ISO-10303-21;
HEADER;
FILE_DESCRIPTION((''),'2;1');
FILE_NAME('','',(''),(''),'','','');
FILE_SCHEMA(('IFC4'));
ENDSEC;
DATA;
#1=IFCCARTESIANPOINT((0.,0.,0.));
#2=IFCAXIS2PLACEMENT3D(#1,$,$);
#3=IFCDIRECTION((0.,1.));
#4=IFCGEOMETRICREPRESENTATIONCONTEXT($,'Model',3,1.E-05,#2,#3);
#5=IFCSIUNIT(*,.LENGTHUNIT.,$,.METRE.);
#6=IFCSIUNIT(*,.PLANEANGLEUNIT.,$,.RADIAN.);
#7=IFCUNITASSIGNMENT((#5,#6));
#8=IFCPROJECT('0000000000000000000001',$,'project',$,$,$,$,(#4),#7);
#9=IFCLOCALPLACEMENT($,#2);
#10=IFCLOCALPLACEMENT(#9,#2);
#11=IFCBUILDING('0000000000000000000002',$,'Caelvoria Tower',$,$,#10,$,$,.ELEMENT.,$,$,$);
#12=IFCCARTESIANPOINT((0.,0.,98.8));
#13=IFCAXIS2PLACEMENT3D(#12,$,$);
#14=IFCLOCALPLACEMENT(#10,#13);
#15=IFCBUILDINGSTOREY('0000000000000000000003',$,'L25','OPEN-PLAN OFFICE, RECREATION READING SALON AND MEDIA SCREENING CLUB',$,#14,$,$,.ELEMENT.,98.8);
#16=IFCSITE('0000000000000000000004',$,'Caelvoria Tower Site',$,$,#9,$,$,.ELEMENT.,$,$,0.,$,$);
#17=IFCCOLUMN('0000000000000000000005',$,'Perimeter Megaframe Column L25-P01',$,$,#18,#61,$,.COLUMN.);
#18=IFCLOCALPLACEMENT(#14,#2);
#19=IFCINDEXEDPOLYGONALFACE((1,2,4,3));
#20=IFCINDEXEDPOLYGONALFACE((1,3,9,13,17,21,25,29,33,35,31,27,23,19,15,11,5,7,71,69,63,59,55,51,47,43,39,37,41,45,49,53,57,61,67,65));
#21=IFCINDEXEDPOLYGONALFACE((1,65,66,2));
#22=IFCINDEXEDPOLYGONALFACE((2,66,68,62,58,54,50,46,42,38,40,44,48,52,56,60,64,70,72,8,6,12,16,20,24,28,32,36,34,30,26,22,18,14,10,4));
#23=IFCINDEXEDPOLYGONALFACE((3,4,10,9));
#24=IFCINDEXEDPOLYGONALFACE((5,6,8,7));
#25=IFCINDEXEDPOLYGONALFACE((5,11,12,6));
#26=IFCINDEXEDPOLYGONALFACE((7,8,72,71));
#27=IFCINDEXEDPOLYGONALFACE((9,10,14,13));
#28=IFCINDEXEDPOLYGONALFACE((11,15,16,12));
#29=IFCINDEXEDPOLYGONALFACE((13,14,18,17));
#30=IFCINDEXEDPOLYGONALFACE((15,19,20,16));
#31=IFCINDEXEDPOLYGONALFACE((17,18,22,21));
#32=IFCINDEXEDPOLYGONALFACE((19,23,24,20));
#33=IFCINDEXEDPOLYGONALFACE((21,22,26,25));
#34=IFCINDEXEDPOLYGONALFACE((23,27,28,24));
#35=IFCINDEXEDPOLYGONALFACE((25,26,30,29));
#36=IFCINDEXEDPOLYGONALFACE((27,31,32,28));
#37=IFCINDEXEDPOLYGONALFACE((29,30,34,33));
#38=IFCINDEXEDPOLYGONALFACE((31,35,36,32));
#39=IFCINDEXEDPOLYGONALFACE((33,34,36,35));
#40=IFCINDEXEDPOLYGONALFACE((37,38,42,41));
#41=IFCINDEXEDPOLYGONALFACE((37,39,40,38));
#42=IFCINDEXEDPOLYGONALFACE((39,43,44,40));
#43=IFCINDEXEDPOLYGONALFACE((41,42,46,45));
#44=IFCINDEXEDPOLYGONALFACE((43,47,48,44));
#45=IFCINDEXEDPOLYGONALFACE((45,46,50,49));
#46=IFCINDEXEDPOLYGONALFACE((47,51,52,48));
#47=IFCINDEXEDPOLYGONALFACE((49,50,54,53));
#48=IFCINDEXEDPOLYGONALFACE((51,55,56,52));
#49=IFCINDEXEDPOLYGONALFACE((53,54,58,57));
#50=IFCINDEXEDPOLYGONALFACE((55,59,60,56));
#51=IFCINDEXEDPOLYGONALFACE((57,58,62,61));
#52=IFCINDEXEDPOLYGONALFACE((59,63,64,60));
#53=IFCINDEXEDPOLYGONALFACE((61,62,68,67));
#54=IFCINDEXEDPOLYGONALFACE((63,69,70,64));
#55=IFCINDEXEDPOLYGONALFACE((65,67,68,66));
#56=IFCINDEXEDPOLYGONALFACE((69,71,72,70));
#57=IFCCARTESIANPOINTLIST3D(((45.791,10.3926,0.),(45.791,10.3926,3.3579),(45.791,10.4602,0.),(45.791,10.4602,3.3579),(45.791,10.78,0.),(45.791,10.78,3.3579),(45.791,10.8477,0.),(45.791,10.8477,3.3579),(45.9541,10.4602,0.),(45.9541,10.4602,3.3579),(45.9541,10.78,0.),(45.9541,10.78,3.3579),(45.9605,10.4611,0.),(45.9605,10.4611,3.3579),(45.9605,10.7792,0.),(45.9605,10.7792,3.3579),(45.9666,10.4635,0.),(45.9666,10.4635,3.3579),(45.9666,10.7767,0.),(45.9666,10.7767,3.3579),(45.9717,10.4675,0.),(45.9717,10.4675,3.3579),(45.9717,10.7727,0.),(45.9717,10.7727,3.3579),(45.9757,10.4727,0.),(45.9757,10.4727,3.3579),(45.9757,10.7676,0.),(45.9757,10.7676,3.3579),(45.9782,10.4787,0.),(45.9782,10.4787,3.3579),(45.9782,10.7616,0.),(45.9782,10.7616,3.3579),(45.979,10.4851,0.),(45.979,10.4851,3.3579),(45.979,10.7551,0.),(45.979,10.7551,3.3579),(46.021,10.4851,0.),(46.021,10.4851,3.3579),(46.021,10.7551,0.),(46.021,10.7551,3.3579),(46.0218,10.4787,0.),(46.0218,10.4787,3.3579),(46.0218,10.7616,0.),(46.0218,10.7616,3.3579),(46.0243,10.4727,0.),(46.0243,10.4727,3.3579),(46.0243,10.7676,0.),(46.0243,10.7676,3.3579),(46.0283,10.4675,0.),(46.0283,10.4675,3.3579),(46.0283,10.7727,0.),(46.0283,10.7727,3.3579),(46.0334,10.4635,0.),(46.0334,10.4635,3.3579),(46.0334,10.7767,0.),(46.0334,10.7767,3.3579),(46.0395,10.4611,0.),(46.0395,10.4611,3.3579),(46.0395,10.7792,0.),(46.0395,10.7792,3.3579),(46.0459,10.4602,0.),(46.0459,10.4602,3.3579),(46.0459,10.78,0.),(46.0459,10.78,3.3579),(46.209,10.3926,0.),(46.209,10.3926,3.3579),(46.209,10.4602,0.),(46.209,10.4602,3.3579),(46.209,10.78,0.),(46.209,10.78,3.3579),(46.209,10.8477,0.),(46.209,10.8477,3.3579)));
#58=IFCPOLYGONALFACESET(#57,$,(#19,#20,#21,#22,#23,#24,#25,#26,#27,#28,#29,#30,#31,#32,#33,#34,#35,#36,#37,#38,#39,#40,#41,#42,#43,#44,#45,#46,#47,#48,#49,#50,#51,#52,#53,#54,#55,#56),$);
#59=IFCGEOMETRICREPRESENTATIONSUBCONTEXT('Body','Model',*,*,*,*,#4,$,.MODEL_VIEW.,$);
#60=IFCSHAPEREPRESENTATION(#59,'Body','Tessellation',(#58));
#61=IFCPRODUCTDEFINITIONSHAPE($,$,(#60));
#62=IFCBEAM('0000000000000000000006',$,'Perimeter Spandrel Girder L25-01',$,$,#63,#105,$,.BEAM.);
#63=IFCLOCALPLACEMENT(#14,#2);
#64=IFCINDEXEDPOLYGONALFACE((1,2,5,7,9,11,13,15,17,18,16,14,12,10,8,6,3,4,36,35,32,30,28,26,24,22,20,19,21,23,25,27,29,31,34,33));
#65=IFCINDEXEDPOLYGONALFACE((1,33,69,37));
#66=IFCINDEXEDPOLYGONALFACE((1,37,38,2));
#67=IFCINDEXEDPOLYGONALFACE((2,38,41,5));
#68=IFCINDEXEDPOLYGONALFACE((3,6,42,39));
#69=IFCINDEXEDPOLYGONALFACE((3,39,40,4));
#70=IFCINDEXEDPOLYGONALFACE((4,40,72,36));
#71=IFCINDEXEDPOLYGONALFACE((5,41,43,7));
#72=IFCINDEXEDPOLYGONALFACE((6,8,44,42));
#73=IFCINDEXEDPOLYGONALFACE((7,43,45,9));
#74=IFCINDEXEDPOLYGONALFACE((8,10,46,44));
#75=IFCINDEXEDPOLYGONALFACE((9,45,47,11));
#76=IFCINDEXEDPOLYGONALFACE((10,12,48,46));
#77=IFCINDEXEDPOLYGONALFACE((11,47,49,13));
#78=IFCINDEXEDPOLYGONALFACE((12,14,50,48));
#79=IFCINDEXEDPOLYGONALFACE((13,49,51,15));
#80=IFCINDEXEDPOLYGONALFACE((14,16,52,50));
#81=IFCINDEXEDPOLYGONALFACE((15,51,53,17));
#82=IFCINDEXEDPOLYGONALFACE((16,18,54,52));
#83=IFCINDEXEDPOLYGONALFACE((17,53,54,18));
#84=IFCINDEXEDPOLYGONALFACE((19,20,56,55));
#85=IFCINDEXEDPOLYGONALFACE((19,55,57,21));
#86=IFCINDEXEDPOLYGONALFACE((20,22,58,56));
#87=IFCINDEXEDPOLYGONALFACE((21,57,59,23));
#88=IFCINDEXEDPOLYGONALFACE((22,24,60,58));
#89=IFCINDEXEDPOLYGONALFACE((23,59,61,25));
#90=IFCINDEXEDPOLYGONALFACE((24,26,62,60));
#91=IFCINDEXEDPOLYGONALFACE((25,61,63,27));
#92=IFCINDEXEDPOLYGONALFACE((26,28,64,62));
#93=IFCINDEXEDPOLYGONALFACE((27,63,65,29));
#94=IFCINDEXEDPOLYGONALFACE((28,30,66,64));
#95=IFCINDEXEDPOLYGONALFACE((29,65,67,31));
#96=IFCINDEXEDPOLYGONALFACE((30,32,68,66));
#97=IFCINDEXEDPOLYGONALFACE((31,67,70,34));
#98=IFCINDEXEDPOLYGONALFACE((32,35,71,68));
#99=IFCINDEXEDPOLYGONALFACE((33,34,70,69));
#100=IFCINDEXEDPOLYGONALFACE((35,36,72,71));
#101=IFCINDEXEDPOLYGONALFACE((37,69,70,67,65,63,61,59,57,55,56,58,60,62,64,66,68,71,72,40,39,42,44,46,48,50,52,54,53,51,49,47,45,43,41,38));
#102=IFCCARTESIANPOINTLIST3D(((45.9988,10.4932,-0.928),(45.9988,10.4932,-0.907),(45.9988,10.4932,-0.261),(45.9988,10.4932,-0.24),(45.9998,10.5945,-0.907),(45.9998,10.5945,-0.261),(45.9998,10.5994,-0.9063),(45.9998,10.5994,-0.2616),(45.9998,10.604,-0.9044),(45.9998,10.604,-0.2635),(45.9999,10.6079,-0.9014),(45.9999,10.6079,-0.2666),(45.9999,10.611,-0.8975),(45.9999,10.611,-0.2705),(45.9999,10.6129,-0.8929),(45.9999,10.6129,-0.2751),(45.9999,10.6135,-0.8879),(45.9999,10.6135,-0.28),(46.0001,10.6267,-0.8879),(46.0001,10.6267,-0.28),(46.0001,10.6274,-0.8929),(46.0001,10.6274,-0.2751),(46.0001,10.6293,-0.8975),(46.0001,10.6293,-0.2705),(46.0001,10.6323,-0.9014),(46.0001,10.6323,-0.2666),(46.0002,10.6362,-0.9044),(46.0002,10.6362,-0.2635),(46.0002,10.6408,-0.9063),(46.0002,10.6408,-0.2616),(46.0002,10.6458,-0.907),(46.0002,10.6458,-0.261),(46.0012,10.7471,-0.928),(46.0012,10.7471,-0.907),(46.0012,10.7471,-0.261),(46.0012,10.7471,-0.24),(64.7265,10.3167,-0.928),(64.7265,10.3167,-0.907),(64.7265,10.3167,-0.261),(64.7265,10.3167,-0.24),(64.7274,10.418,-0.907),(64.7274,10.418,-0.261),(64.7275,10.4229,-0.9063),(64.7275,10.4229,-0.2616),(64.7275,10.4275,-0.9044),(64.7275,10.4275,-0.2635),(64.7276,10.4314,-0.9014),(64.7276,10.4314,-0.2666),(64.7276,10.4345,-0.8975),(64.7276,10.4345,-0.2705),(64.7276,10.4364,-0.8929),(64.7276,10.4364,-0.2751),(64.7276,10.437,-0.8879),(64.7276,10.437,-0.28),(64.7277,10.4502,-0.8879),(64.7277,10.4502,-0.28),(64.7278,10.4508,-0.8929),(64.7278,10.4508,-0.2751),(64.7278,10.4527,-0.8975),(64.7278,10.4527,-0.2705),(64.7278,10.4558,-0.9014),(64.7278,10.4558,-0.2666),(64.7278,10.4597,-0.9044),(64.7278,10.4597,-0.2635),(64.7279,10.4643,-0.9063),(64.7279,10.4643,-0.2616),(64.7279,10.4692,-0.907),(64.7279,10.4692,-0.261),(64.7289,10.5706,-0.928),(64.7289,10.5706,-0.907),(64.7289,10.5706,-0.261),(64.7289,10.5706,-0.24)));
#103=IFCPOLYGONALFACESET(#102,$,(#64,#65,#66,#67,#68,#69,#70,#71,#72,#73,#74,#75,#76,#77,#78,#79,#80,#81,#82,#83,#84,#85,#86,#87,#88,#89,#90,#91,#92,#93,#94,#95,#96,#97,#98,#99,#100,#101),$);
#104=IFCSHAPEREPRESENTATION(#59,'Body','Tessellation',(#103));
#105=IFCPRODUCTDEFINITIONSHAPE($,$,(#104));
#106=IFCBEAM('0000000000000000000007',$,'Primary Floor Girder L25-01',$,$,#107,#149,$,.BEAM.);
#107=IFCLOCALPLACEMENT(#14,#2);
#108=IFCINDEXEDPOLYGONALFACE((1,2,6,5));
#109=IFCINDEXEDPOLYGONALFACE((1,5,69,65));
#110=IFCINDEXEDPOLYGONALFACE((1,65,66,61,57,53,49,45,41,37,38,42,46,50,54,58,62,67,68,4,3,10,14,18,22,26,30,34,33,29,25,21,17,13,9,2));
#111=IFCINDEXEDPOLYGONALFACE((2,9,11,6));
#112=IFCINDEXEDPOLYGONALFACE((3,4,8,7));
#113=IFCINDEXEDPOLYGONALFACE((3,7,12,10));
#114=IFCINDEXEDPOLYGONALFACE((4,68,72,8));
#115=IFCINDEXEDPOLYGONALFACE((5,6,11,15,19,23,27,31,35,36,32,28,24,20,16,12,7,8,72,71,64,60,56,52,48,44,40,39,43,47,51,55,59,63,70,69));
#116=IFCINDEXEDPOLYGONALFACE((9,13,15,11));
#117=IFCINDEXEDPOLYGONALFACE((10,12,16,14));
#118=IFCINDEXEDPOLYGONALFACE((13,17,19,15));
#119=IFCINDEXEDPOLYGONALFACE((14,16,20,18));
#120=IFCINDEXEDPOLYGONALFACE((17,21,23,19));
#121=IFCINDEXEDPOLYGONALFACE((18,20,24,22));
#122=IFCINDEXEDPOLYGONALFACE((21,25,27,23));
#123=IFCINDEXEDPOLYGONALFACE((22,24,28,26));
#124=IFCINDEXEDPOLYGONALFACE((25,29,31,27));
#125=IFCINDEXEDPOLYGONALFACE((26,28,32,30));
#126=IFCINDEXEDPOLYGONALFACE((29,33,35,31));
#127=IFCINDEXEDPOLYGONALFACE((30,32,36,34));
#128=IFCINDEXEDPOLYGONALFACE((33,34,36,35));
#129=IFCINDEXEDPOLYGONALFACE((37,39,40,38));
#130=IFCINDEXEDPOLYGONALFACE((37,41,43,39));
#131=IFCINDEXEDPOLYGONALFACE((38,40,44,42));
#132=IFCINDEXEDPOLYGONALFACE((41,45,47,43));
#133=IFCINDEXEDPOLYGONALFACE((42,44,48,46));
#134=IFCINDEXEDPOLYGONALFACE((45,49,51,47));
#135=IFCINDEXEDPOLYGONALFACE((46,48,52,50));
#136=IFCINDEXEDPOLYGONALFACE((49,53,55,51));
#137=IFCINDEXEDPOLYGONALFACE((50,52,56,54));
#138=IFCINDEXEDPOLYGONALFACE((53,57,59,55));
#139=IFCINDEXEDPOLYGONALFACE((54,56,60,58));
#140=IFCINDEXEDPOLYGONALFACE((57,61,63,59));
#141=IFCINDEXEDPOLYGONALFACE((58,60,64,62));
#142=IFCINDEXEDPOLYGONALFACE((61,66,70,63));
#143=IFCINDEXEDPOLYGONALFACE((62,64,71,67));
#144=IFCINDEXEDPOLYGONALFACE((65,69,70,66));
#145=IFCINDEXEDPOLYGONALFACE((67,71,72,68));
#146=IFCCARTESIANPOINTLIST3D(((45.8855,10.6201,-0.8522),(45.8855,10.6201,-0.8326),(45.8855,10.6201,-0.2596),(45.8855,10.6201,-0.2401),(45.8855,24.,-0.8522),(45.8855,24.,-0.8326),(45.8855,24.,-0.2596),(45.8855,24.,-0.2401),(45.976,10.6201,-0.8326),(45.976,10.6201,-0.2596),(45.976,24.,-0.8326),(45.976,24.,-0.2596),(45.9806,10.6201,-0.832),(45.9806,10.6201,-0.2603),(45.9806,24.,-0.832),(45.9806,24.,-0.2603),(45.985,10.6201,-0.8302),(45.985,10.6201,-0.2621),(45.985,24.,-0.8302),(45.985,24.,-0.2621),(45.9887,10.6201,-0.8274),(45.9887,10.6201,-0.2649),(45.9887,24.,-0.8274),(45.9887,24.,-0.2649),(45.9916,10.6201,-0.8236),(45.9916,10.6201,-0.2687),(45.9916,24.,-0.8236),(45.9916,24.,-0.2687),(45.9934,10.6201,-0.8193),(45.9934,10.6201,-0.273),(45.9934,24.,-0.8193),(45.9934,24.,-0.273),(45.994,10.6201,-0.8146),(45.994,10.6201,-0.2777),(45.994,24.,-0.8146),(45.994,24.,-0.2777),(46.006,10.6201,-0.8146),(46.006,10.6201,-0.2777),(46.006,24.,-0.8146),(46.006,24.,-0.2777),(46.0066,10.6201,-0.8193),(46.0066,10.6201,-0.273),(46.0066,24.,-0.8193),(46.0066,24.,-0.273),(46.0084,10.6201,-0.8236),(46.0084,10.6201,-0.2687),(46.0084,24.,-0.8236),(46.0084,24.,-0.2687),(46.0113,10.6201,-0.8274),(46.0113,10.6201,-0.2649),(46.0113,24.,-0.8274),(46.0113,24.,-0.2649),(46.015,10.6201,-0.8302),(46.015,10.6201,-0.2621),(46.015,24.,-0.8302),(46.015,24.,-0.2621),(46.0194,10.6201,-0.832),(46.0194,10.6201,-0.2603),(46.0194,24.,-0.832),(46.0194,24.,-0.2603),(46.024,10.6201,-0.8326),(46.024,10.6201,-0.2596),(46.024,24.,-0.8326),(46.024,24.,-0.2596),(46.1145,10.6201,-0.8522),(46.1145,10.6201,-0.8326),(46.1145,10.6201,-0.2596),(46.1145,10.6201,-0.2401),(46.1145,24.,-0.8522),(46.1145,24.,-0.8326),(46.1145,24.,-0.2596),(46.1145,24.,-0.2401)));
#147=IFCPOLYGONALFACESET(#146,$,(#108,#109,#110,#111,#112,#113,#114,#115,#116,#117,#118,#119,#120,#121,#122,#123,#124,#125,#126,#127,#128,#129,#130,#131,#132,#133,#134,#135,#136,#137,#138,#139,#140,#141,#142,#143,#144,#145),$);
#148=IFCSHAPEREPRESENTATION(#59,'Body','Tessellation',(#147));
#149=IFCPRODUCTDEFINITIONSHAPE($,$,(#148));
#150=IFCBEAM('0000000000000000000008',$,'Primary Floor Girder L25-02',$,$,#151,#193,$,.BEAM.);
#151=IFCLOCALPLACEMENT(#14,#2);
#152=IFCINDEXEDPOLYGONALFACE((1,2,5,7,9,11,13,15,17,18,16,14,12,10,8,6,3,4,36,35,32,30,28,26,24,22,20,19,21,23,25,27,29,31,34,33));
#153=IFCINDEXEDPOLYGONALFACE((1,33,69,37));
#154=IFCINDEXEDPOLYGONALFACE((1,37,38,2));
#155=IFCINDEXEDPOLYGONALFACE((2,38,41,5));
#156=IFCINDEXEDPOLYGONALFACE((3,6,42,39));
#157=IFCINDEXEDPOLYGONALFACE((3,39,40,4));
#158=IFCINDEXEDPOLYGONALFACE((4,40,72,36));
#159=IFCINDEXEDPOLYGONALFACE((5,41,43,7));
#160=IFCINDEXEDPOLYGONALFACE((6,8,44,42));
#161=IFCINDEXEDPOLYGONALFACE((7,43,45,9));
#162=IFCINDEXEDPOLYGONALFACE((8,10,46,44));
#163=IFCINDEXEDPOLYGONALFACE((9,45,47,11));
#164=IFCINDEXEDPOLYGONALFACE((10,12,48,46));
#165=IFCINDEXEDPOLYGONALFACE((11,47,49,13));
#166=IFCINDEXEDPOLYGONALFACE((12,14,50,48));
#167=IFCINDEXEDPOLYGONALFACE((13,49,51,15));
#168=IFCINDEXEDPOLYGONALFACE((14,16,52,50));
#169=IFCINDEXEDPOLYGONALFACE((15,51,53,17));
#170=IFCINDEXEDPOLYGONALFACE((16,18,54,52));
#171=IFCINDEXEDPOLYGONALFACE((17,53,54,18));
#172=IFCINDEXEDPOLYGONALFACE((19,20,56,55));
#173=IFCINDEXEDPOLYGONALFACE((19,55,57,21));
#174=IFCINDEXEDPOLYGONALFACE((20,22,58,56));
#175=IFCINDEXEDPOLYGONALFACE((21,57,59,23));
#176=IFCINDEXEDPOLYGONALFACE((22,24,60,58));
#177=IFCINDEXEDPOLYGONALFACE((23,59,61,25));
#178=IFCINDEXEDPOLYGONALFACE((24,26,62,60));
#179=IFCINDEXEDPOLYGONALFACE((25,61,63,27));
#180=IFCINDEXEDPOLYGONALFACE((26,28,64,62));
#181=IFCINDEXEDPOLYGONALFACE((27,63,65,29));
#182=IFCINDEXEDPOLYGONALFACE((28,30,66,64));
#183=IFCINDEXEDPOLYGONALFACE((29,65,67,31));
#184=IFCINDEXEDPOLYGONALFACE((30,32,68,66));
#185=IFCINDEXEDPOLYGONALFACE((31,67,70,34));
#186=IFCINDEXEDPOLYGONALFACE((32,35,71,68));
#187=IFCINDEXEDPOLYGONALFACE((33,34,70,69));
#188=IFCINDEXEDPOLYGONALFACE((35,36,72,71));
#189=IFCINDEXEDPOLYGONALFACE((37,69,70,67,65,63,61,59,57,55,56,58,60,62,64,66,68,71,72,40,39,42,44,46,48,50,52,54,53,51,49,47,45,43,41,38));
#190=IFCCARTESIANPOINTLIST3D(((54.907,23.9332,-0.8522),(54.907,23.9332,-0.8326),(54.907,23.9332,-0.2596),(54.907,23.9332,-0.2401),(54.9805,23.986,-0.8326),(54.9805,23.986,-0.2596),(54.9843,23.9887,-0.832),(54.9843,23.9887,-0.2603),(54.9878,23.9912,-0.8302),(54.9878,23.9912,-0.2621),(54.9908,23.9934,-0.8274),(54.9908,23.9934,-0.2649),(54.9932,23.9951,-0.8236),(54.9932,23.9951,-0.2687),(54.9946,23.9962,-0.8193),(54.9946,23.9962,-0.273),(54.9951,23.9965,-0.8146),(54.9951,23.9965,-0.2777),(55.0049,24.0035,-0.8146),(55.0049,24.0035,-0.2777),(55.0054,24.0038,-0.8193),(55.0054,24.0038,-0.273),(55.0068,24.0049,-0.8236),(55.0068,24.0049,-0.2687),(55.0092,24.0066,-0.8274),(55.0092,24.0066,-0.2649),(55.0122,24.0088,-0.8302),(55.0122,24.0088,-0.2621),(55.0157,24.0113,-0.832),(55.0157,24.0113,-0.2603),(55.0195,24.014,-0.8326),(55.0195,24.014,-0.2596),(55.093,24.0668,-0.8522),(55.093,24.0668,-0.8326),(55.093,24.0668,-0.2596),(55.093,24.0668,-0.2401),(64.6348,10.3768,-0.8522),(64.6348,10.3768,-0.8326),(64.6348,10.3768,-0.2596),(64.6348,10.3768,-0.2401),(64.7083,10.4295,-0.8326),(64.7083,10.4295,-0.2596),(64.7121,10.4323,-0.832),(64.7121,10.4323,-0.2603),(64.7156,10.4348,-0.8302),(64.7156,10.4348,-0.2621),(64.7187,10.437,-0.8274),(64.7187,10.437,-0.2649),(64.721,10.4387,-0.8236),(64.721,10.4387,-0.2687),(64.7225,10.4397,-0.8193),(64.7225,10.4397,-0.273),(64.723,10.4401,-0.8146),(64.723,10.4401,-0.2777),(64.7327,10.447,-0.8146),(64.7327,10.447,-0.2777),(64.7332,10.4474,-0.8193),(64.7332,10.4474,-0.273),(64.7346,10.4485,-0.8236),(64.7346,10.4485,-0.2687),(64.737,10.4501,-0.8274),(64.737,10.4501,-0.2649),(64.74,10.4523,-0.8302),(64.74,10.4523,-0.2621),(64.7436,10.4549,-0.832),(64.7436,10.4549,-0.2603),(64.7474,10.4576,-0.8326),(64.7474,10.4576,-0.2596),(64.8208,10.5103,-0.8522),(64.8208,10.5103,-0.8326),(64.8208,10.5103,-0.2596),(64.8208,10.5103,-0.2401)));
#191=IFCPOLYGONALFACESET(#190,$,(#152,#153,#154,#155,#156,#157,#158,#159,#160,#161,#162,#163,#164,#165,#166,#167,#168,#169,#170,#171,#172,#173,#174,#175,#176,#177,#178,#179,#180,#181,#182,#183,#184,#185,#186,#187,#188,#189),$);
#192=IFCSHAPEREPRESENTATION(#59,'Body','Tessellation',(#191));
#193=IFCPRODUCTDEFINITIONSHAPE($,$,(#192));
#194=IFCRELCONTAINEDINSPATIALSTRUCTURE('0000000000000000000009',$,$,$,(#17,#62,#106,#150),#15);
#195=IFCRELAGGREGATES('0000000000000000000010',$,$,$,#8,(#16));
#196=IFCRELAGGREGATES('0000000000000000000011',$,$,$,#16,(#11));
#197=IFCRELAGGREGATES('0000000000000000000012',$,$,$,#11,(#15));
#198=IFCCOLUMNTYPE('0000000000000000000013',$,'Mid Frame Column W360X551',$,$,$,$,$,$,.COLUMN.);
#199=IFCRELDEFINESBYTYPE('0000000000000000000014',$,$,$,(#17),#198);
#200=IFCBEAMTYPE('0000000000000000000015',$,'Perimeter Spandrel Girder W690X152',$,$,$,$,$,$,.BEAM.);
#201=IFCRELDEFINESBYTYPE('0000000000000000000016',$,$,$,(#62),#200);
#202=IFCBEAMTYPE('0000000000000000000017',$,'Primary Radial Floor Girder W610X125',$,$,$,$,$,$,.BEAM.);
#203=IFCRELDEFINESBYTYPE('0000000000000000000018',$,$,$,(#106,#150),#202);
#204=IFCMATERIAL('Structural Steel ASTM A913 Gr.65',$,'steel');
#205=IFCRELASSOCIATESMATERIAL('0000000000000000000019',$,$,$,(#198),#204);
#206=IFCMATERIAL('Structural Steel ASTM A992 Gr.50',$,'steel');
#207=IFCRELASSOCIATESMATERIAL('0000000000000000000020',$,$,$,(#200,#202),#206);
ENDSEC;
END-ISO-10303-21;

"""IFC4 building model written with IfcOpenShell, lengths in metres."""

from ifc_helpers import new_model, si_unit, direction, frame, origin, origin_2d, place, context, subcontext, project, spatial, i_section, extrude, material, material_profile, profile_set, type_object, element, save


model = new_model("IFC4")

# Units and contexts
model_context = context("Model", 3, precision=1e-05, world=origin(), true_north=direction((0.0, 1.0)))
body_context = subcontext(model_context, "Body", "Model", "MODEL_VIEW")
ifc_project = project(units=[si_unit("LENGTHUNIT", "METRE"), si_unit("PLANEANGLEUNIT", "RADIAN")], contexts=[model_context])

# Site, building, storey
site_placement = place(None, origin())
site = spatial("IfcSite", under=ifc_project, at=site_placement, Name="Caelvoria Tower Site", CompositionType="ELEMENT", RefElevation=0.0)
building_placement = place(site_placement, origin())
building = spatial("IfcBuilding", under=site, at=building_placement, Name="Caelvoria Tower", CompositionType="ELEMENT")
storey_placement = place(building_placement, frame((0.0, 0.0, 98.8)))
storey = spatial("IfcBuildingStorey", under=building, at=storey_placement, Name="L25", Description="OPEN-PLAN OFFICE, RECREATION READING SALON AND MEDIA SCREENING CLUB", CompositionType="ELEMENT", Elevation=98.8)

# Column
ifc_material_1 = material(Name="Structural Steel ASTM A913 Gr.65", Category="steel")
ifc_material_profile_1 = material_profile(ifc_material_1, i_section(OverallWidth=0.418, OverallDepth=0.4551, WebThickness=0.042, FlangeThickness=0.0676, FilletRadius=0.0249, at=origin_2d()), Name="Structural Steel ASTM A913 Gr.65")
ifc_profile_set_1 = profile_set([ifc_material_profile_1], Name="W360X551 - Structural Steel ASTM A913 Gr.65")
column_type = type_object("IfcColumnType", Name="Mid Frame Column W360X551", PredefinedType="COLUMN", material=ifc_profile_set_1)
column_placement = place(storey_placement, frame((46.0, 10.6201, 0.0), z_axis=(0.0, 0.0, 1.0), x_axis=(1.0, 0.0, 0.0)))
element("IfcColumn", 1, at=column_placement, inside=storey, type_object=column_type, Name="Perimeter Megaframe Column L25-P01", PredefinedType="COLUMN", context=body_context, shape_type="SweptSolid", body=[
    extrude(i_section(OverallWidth=0.418, OverallDepth=0.4551, WebThickness=0.042, FlangeThickness=0.0676, FilletRadius=0.0249, at=origin_2d()), origin(), (0.0, 0.0, 1.0), 3.3579),
])

# Beams
ifc_material_2 = material(Name="Structural Steel ASTM A992 Gr.50", Category="steel")
ifc_material_profile_2 = material_profile(ifc_material_2, i_section(OverallWidth=0.2539, OverallDepth=0.688, WebThickness=0.0132, FlangeThickness=0.021, FilletRadius=0.019, at=origin_2d()), Name="Structural Steel ASTM A992 Gr.50")
ifc_profile_set_2 = profile_set([ifc_material_profile_2], Name="W690X152 - Structural Steel ASTM A992 Gr.50")
beam_type_1 = type_object("IfcBeamType", Name="Perimeter Spandrel Girder W690X152", PredefinedType="BEAM", material=ifc_profile_set_2)
beam_1_placement = place(storey_placement, frame((46.0, 10.6201, -0.584), z_axis=(0.999956, -0.009425, 0.0), x_axis=(0.009425, 0.999956, 0.0)))
element("IfcBeam", 2, at=beam_1_placement, inside=storey, type_object=beam_type_1, Name="Perimeter Spandrel Girder L25-01", PredefinedType="BEAM", context=body_context, shape_type="SweptSolid", body=[
    extrude(i_section(OverallWidth=0.2539, OverallDepth=0.688, WebThickness=0.0132, FlangeThickness=0.021, FilletRadius=0.019, at=origin_2d()), origin(), (0.0, 0.0, 1.0), 18.7285),
])
ifc_material_profile_3 = material_profile(ifc_material_2, i_section(OverallWidth=0.229, OverallDepth=0.6121, WebThickness=0.012, FlangeThickness=0.0195, FilletRadius=0.0181, at=origin_2d()), Name="Structural Steel ASTM A992 Gr.50")
ifc_profile_set_3 = profile_set([ifc_material_profile_3], Name="W610X125 - Structural Steel ASTM A992 Gr.50")
beam_type_2 = type_object("IfcBeamType", Name="Primary Radial Floor Girder W610X125", PredefinedType="BEAM", material=ifc_profile_set_3)
beam_2_placement = place(storey_placement, frame((46.0, 24.0, -0.5461), z_axis=(0.0, -1.0, 0.0), x_axis=(1.0, 0.0, 0.0)))
element("IfcBeam", 3, at=beam_2_placement, inside=storey, type_object=beam_type_2, Name="Primary Floor Girder L25-01", PredefinedType="BEAM", context=body_context, shape_type="SweptSolid", body=[
    extrude(i_section(OverallWidth=0.229, OverallDepth=0.6121, WebThickness=0.012, FlangeThickness=0.0195, FilletRadius=0.0181, at=origin_2d()), origin(), (0.0, 0.0, 1.0), 13.3799),
])
beam_3_placement = place(storey_placement, frame((55.0, 24.0, -0.5461), z_axis=(0.583008, -0.812466, 0.0), x_axis=(0.812466, 0.583008, 0.0)))
element("IfcBeam", 4, at=beam_3_placement, inside=storey, type_object=beam_type_2, Name="Primary Floor Girder L25-02", PredefinedType="BEAM", context=body_context, shape_type="SweptSolid", body=[
    extrude(i_section(OverallWidth=0.229, OverallDepth=0.6121, WebThickness=0.012, FlangeThickness=0.0195, FilletRadius=0.0181, at=origin_2d()), origin(), (0.0, 0.0, 1.0), 16.6855),
])

save(model, "model.ifc")
